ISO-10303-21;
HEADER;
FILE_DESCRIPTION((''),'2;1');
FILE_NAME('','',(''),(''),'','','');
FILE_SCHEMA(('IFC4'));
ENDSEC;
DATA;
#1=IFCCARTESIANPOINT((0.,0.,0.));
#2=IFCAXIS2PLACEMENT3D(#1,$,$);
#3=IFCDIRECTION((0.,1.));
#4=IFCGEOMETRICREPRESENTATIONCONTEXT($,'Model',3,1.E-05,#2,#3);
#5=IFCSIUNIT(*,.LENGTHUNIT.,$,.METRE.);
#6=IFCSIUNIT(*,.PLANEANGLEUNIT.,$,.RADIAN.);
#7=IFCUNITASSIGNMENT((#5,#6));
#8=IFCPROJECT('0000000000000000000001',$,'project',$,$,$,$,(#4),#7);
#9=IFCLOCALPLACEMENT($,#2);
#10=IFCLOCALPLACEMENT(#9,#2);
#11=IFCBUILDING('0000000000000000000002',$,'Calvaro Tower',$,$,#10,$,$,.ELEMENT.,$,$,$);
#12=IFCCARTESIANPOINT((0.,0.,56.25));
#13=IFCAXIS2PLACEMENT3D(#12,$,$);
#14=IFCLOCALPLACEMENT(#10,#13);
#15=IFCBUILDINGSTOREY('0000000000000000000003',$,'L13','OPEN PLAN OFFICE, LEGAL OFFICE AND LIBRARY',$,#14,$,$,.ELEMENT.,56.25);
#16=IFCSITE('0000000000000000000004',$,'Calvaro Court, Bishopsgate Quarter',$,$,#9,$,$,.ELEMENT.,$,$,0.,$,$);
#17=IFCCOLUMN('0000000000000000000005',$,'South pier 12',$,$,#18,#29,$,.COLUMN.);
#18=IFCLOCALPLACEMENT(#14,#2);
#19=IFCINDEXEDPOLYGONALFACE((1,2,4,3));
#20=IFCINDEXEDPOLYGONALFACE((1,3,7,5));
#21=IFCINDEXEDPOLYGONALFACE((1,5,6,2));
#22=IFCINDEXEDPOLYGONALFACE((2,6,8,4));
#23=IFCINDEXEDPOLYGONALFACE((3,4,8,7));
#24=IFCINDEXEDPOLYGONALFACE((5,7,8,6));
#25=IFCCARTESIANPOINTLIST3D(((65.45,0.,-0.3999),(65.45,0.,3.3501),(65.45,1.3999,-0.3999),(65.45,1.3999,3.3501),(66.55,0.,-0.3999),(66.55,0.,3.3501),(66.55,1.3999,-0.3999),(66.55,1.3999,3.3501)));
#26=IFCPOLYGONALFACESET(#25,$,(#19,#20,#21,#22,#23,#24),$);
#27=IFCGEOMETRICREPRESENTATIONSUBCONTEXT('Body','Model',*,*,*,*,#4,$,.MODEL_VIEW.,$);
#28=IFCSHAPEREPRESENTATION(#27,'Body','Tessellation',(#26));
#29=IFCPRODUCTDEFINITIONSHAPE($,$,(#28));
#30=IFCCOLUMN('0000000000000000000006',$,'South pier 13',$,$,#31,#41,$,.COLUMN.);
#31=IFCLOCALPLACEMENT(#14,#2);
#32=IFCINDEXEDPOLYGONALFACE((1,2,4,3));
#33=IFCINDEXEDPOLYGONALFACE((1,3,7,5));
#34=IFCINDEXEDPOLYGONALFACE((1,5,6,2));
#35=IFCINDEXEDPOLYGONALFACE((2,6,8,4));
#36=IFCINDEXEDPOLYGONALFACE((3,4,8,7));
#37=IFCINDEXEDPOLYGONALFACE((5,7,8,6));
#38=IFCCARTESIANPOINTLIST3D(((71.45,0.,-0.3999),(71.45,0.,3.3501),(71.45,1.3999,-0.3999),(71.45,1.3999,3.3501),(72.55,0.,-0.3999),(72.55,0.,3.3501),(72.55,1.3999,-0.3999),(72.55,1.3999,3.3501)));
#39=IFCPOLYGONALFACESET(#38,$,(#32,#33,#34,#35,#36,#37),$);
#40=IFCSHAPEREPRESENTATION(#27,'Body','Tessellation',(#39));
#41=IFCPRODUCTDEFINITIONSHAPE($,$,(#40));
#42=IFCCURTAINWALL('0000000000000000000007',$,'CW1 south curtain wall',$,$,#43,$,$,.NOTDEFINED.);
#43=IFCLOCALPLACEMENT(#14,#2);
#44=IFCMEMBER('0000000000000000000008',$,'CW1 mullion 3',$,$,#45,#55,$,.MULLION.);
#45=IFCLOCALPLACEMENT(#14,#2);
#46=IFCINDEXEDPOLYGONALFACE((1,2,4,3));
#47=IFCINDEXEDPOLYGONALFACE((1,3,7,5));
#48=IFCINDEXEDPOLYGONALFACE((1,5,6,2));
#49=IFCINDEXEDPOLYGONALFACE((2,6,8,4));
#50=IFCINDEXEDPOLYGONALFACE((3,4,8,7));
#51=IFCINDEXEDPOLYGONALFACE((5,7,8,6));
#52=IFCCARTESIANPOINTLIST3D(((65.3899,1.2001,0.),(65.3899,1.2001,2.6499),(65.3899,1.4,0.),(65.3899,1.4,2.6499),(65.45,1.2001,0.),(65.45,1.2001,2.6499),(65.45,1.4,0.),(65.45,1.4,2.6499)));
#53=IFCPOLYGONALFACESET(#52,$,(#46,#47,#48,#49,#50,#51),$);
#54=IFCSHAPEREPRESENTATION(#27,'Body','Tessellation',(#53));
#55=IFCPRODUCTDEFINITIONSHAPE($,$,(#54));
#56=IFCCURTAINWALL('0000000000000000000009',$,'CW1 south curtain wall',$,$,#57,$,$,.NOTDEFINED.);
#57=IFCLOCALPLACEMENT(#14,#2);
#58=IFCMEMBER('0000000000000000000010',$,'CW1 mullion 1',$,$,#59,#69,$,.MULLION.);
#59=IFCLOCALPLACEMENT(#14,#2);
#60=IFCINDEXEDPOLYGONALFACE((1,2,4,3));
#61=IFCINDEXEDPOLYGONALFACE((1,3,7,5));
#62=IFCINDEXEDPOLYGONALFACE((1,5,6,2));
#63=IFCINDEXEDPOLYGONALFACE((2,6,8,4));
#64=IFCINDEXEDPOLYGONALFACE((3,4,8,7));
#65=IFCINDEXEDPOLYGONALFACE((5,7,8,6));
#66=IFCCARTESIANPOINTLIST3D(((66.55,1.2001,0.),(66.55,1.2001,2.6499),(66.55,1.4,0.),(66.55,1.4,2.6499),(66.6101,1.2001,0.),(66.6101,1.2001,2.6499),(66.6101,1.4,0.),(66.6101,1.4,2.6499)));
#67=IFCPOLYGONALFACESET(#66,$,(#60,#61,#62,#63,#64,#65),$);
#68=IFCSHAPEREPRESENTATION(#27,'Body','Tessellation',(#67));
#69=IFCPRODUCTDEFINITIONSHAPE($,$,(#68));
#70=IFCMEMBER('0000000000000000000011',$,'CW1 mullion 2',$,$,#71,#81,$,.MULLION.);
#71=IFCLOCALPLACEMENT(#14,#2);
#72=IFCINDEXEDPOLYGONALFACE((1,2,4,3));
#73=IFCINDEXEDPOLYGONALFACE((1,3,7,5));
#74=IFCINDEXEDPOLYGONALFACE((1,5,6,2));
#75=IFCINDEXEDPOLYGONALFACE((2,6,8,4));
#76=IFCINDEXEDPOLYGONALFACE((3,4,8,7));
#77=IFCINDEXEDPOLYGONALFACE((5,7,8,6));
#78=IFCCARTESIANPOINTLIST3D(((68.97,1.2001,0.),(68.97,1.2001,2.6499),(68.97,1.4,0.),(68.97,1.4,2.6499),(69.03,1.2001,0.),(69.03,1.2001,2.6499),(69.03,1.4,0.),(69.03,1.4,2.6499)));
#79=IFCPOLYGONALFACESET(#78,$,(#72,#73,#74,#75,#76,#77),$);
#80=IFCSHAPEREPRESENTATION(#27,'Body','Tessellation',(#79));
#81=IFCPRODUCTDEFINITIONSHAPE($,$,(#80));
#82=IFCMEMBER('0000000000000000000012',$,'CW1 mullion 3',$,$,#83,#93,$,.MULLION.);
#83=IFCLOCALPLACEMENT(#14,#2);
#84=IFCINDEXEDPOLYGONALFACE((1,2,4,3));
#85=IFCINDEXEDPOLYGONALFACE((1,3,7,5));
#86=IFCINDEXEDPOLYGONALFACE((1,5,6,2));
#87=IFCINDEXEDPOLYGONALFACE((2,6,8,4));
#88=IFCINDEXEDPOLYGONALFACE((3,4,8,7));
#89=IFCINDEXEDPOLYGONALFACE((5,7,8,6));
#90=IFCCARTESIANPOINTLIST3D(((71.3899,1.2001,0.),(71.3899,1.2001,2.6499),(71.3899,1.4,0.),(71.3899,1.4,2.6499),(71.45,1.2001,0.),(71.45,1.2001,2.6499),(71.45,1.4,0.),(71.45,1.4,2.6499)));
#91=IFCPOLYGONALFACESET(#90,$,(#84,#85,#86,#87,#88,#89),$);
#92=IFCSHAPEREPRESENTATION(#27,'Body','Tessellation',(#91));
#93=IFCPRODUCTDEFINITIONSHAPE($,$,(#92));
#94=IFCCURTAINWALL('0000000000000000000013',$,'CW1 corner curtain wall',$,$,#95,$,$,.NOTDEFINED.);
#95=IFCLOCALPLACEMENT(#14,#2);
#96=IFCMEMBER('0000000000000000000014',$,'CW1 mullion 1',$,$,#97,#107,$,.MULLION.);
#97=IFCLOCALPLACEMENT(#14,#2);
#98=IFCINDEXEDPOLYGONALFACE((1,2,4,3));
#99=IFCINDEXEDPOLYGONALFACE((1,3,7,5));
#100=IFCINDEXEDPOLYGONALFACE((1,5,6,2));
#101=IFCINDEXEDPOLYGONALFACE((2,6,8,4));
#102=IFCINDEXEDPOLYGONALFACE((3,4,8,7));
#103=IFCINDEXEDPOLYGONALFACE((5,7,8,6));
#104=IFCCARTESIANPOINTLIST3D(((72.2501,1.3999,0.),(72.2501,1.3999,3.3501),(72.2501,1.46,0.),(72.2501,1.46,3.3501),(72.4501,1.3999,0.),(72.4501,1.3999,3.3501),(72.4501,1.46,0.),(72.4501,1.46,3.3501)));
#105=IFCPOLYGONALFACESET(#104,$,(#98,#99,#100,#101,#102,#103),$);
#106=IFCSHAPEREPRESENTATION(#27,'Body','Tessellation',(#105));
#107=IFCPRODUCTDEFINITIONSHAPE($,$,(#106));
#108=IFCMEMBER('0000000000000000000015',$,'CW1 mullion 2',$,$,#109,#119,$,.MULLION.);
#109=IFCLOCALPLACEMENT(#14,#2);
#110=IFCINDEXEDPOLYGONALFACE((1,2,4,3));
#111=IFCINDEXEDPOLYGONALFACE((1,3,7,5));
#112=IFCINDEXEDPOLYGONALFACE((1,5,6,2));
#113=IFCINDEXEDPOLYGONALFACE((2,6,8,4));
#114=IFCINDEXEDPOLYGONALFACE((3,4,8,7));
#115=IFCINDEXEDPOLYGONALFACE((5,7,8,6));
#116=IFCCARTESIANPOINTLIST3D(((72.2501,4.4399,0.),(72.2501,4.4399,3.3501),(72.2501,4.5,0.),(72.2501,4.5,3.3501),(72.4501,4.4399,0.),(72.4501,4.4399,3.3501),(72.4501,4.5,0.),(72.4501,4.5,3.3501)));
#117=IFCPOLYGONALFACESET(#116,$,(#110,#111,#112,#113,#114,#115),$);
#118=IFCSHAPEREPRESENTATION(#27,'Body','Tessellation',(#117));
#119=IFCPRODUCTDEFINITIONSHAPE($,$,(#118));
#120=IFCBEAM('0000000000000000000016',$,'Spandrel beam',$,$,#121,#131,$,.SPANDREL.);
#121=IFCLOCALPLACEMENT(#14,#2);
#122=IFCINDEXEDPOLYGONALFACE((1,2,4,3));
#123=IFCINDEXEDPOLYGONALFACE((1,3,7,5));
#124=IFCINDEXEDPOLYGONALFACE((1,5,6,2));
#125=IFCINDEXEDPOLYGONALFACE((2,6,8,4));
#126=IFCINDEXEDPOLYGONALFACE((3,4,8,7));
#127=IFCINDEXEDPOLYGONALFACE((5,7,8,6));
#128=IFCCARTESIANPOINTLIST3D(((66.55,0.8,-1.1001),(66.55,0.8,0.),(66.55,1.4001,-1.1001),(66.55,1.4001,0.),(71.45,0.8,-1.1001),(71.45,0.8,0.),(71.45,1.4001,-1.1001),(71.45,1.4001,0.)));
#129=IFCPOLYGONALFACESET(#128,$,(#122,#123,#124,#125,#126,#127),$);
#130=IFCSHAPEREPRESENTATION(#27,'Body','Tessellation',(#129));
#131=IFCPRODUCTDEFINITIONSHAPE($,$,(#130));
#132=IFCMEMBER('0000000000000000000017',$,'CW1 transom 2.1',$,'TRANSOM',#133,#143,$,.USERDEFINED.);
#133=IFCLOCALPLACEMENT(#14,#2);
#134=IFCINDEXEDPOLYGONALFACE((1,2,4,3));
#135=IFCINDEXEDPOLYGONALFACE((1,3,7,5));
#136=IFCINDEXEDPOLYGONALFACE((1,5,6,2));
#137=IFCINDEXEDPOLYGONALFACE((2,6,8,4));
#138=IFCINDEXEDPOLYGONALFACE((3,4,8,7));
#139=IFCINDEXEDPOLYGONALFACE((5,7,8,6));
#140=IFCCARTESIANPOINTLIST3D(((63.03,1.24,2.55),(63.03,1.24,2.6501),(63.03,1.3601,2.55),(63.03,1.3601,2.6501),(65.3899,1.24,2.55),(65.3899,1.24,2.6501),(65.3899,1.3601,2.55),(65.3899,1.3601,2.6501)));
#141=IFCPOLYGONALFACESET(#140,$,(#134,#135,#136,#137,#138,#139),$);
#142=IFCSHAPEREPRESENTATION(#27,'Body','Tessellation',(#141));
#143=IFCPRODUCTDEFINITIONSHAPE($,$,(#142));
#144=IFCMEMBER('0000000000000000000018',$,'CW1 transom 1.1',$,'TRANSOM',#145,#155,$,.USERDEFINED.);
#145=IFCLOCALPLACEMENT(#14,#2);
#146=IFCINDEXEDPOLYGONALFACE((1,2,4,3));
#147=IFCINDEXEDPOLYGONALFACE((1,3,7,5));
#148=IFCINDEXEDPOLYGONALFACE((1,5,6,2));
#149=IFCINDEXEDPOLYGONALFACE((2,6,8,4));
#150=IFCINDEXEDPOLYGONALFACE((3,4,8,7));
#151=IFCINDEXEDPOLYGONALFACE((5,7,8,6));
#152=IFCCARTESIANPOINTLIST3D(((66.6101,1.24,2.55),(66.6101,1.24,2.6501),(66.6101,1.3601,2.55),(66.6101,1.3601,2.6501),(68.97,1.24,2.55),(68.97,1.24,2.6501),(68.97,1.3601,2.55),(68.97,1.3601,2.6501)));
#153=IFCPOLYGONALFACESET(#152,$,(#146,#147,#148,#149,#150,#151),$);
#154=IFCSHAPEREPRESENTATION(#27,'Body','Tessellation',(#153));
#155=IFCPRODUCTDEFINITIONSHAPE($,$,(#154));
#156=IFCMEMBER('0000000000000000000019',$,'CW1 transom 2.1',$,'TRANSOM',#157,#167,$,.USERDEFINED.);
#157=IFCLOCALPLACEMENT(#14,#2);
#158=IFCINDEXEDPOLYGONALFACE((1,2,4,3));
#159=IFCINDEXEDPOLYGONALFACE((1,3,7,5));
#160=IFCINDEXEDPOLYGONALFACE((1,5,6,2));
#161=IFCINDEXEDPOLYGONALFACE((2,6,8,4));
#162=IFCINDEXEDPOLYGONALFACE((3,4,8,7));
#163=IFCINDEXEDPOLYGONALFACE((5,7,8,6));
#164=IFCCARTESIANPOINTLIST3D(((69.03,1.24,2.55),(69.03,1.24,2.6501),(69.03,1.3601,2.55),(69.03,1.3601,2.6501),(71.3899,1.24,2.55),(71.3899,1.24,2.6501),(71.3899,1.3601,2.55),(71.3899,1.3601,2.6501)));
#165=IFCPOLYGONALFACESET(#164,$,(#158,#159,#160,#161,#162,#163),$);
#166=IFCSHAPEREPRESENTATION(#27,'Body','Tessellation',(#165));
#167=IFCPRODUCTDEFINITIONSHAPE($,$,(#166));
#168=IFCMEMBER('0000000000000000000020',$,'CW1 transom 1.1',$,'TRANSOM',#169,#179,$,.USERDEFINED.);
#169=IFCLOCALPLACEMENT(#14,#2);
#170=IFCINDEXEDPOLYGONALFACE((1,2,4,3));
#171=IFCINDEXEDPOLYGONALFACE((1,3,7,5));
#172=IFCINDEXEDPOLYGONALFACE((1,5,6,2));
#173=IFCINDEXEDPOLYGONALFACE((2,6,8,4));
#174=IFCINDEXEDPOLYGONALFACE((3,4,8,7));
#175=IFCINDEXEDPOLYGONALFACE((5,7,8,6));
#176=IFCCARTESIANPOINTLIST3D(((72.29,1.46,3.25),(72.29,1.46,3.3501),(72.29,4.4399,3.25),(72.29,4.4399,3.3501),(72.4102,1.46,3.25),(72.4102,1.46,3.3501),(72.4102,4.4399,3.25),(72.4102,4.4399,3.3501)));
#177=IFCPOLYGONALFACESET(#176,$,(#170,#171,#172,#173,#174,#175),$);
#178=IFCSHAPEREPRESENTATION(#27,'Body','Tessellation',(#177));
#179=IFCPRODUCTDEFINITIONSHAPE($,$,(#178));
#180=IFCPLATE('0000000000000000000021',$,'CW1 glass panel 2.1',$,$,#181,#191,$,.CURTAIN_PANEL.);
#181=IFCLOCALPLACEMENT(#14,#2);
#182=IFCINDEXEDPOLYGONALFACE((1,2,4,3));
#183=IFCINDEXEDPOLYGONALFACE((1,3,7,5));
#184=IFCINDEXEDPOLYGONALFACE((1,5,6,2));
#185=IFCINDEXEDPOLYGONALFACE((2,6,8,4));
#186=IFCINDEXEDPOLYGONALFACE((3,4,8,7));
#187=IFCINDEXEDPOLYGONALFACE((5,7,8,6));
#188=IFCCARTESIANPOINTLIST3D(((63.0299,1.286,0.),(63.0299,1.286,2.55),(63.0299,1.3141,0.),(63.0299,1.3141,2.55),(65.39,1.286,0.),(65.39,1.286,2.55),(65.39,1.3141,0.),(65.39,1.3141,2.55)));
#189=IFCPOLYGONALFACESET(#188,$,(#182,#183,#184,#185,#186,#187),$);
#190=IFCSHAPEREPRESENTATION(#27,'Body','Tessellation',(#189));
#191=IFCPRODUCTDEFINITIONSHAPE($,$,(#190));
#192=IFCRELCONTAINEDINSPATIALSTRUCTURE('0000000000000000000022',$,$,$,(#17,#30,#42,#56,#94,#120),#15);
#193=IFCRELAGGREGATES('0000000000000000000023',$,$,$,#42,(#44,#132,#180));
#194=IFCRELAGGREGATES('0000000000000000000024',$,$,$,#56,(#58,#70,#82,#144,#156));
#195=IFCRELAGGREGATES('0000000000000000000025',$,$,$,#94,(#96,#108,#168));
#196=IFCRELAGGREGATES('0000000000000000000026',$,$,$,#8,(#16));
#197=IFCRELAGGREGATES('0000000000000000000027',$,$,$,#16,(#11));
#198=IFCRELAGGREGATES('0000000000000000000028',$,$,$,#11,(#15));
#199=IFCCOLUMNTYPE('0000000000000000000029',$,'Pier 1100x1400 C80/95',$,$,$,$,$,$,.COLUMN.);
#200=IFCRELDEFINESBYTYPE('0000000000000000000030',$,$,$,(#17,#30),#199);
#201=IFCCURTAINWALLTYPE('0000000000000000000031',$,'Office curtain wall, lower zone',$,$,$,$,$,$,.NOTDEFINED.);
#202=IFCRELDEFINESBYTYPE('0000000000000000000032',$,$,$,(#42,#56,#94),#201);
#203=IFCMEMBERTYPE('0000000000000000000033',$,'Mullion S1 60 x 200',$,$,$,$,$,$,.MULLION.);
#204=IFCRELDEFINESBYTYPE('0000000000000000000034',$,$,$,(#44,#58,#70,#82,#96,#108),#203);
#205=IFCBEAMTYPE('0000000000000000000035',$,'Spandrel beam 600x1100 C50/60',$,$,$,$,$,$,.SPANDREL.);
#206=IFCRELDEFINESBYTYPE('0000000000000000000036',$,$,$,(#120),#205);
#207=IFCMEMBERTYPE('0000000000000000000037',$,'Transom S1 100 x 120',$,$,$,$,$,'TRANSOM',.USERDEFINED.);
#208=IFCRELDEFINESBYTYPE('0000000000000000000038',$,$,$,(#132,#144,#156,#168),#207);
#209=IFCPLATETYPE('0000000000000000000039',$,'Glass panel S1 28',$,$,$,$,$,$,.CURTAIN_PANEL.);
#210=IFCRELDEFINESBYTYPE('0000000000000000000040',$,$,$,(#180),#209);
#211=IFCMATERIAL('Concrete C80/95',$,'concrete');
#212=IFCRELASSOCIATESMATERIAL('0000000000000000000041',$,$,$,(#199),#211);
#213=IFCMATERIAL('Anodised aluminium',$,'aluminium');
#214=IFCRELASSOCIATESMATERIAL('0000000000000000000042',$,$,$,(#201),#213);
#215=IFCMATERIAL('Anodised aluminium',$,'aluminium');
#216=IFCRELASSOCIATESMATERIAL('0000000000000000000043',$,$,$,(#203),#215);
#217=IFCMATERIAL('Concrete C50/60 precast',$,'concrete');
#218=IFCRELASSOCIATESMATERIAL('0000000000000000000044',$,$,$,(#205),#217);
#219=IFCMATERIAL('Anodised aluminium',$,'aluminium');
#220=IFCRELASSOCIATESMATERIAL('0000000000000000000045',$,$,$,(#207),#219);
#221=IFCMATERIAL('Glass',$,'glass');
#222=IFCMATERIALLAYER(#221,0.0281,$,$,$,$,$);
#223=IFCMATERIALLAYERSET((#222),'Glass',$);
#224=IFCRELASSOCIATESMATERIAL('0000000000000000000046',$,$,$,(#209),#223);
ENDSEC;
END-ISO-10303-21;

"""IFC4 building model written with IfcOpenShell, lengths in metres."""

from ifc_helpers import new_model, si_unit, direction, frame, origin, origin_2d, place, context, subcontext, project, spatial, rectangle, extrude, material, layer, layer_set, material_profile, profile_set, type_object, element, aggregate, save


model = new_model("IFC4")

# Units and contexts
model_context = context("Model", 3, precision=1e-05, world=origin(), true_north=direction((0.0, 1.0)))
body_context = subcontext(model_context, "Body", "Model", "MODEL_VIEW")
ifc_project = project(units=[si_unit("LENGTHUNIT", "METRE"), si_unit("PLANEANGLEUNIT", "RADIAN")], contexts=[model_context])

# Site, building, storey
site_placement = place(None, origin())
site = spatial("IfcSite", under=ifc_project, at=site_placement, Name="Calvaro Court, Bishopsgate Quarter", CompositionType="ELEMENT", RefElevation=0.0)
building_placement = place(site_placement, origin())
building = spatial("IfcBuilding", under=site, at=building_placement, Name="Calvaro Tower", CompositionType="ELEMENT")
storey_placement = place(building_placement, frame((0.0, 0.0, 56.25)))
storey = spatial("IfcBuildingStorey", under=building, at=storey_placement, Name="L13", Description="OPEN PLAN OFFICE, LEGAL OFFICE AND LIBRARY", CompositionType="ELEMENT", Elevation=56.25)

# Columns
ifc_material_1 = material(Name="Concrete C80/95", Category="concrete")
ifc_material_profile_1 = material_profile(ifc_material_1, rectangle(XDim=1.1001, YDim=1.3999, at=origin_2d()), Name="RC 1100x1400")
ifc_profile_set_1 = profile_set([ifc_material_profile_1], Name="Concrete C80/95")
column_type = type_object("IfcColumnType", Name="Pier 1100x1400 C80/95", PredefinedType="COLUMN", material=ifc_profile_set_1)
for number, where, z_axis, x_axis, name in (
    (1, (66.0, 0.7, -0.3999), (0.0, 0.0, 1.0), (1.0, 0.0, 0.0), "South pier 12"),
    (2, (72.0, 0.7, -0.3999), (0.0, 0.0, 1.0), (1.0, 0.0, 0.0), "South pier 13"),
):
    element("IfcColumn", number, at=place(storey_placement, frame(where, z_axis=z_axis, x_axis=x_axis)), inside=storey, type_object=column_type, Name=name, PredefinedType="COLUMN", context=body_context, shape_type="SweptSolid", body=[
        extrude(rectangle(XDim=1.1001, YDim=1.3999, at=origin_2d()), origin(), (0.0, 0.0, 1.0), 3.75),
    ])

# Curtain wall, member
ifc_material_2 = material(Name="Anodised aluminium", Category="aluminium")
curtain_wall_type = type_object("IfcCurtainWallType", Name="Office curtain wall, lower zone", PredefinedType="NOTDEFINED", material=ifc_material_2)
curtain_wall_1_placement = place(storey_placement, origin())
curtain_wall_1 = element("IfcCurtainWall", 3, at=curtain_wall_1_placement, inside=storey, type_object=curtain_wall_type, Name="CW1 south curtain wall", PredefinedType="NOTDEFINED")
ifc_material_3 = material(Name="Anodised aluminium", Category="aluminium")
ifc_material_profile_2 = material_profile(ifc_material_3, rectangle(XDim=0.2, YDim=0.0601, at=origin_2d()), Name="Mullion S1 60 x 200")
ifc_profile_set_2 = profile_set([ifc_material_profile_2], Name="Anodised aluminium")
member_type_1 = type_object("IfcMemberType", Name="Mullion S1 60 x 200", PredefinedType="MULLION", material=ifc_profile_set_2)
member_1_placement = place(storey_placement, frame((65.4199, 1.3, 0.0), z_axis=(0.0, 0.0, 1.0), x_axis=(0.0, 1.0, 0.0)))
member_1 = element("IfcMember", 4, at=member_1_placement, type_object=member_type_1, Name="CW1 mullion 3", PredefinedType="MULLION", context=body_context, shape_type="SweptSolid", body=[
    extrude(rectangle(XDim=0.2, YDim=0.0601, at=origin_2d()), origin(), (0.0, 0.0, 1.0), 2.6499),
])

# Curtain walls, members
curtain_wall_2_placement = place(storey_placement, origin())
curtain_wall_2 = element("IfcCurtainWall", 5, at=curtain_wall_2_placement, inside=storey, type_object=curtain_wall_type, Name="CW1 south curtain wall", PredefinedType="NOTDEFINED")
member_2_placement = place(storey_placement, frame((66.5801, 1.3, 0.0), z_axis=(0.0, 0.0, 1.0), x_axis=(0.0, 1.0, 0.0)))
member_2 = element("IfcMember", 6, at=member_2_placement, type_object=member_type_1, Name="CW1 mullion 1", PredefinedType="MULLION", context=body_context, shape_type="SweptSolid", body=[
    extrude(rectangle(XDim=0.2, YDim=0.0601, at=origin_2d()), origin(), (0.0, 0.0, 1.0), 2.6499),
])
member_3_placement = place(storey_placement, frame((69.0, 1.3, 0.0), z_axis=(0.0, 0.0, 1.0), x_axis=(0.0, 1.0, 0.0)))
member_3 = element("IfcMember", 7, at=member_3_placement, type_object=member_type_1, Name="CW1 mullion 2", PredefinedType="MULLION", context=body_context, shape_type="SweptSolid", body=[
    extrude(rectangle(XDim=0.2, YDim=0.0601, at=origin_2d()), origin(), (0.0, 0.0, 1.0), 2.6499),
])
member_4_placement = place(storey_placement, frame((71.4199, 1.3, 0.0), z_axis=(0.0, 0.0, 1.0), x_axis=(0.0, 1.0, 0.0)))
member_4 = element("IfcMember", 8, at=member_4_placement, type_object=member_type_1, Name="CW1 mullion 3", PredefinedType="MULLION", context=body_context, shape_type="SweptSolid", body=[
    extrude(rectangle(XDim=0.2, YDim=0.0601, at=origin_2d()), origin(), (0.0, 0.0, 1.0), 2.6499),
])
curtain_wall_3_placement = place(storey_placement, origin())
curtain_wall_3 = element("IfcCurtainWall", 9, at=curtain_wall_3_placement, inside=storey, type_object=curtain_wall_type, Name="CW1 corner curtain wall", PredefinedType="NOTDEFINED")
member_5_placement = place(storey_placement, frame((72.3501, 1.4299, 0.0), z_axis=(0.0, 0.0, 1.0), x_axis=(-1.0, 0.0, 0.0)))
member_5 = element("IfcMember", 10, at=member_5_placement, type_object=member_type_1, Name="CW1 mullion 1", PredefinedType="MULLION", context=body_context, shape_type="SweptSolid", body=[
    extrude(rectangle(XDim=0.2, YDim=0.0601, at=origin_2d()), origin(), (0.0, 0.0, 1.0), 3.3501),
])
member_6_placement = place(storey_placement, frame((72.3501, 4.47, 0.0), z_axis=(0.0, 0.0, 1.0), x_axis=(-1.0, 0.0, 0.0)))
member_6 = element("IfcMember", 11, at=member_6_placement, type_object=member_type_1, Name="CW1 mullion 2", PredefinedType="MULLION", context=body_context, shape_type="SweptSolid", body=[
    extrude(rectangle(XDim=0.2, YDim=0.0601, at=origin_2d()), origin(), (0.0, 0.0, 1.0), 3.3501),
])

# Beam
ifc_material_4 = material(Name="Concrete C50/60 precast", Category="concrete")
ifc_material_profile_3 = material_profile(ifc_material_4, rectangle(XDim=0.6001, YDim=1.1001, at=origin_2d()), Name="RC 600x1100")
ifc_profile_set_3 = profile_set([ifc_material_profile_3], Name="Concrete C50/60 precast")
beam_type = type_object("IfcBeamType", Name="Spandrel beam 600x1100 C50/60", PredefinedType="SPANDREL", material=ifc_profile_set_3)
beam_placement = place(storey_placement, frame((66.55, 1.1001, -0.55), z_axis=(1.0, 0.0, 0.0), x_axis=(0.0, 1.0, 0.0)))
element("IfcBeam", 12, at=beam_placement, inside=storey, type_object=beam_type, Name="Spandrel beam", PredefinedType="SPANDREL", context=body_context, shape_type="SweptSolid", body=[
    extrude(rectangle(XDim=0.6001, YDim=1.1001, at=origin_2d()), origin(), (0.0, 0.0, 1.0), 4.8999),
])

# Members
ifc_material_5 = material(Name="Anodised aluminium", Category="aluminium")
ifc_material_profile_4 = material_profile(ifc_material_5, rectangle(XDim=0.1201, YDim=0.1001, at=origin_2d()), Name="Transom S1 100 x 120")
ifc_profile_set_4 = profile_set([ifc_material_profile_4], Name="Anodised aluminium")
member_type_2 = type_object("IfcMemberType", Name="Transom S1 100 x 120", ElementType="TRANSOM", PredefinedType="USERDEFINED", material=ifc_profile_set_4)
member_7_placement = place(storey_placement, frame((63.03, 1.3, 2.6001), z_axis=(1.0, 0.0, 0.0), x_axis=(0.0, 1.0, 0.0)))
member_7 = element("IfcMember", 13, at=member_7_placement, type_object=member_type_2, Name="CW1 transom 2.1", ObjectType="TRANSOM", PredefinedType="USERDEFINED", context=body_context, shape_type="SweptSolid", body=[
    extrude(rectangle(XDim=0.1201, YDim=0.1001, at=origin_2d()), origin(), (0.0, 0.0, 1.0), 2.3599),
])
member_8_placement = place(storey_placement, frame((66.6101, 1.3, 2.6001), z_axis=(1.0, 0.0, 0.0), x_axis=(0.0, 1.0, 0.0)))
member_8 = element("IfcMember", 14, at=member_8_placement, type_object=member_type_2, Name="CW1 transom 1.1", ObjectType="TRANSOM", PredefinedType="USERDEFINED", context=body_context, shape_type="SweptSolid", body=[
    extrude(rectangle(XDim=0.1201, YDim=0.1001, at=origin_2d()), origin(), (0.0, 0.0, 1.0), 2.3599),
])
member_9_placement = place(storey_placement, frame((69.03, 1.3, 2.6001), z_axis=(1.0, 0.0, 0.0), x_axis=(0.0, 1.0, 0.0)))
member_9 = element("IfcMember", 15, at=member_9_placement, type_object=member_type_2, Name="CW1 transom 2.1", ObjectType="TRANSOM", PredefinedType="USERDEFINED", context=body_context, shape_type="SweptSolid", body=[
    extrude(rectangle(XDim=0.1201, YDim=0.1001, at=origin_2d()), origin(), (0.0, 0.0, 1.0), 2.3599),
])
member_10_placement = place(storey_placement, frame((72.3501, 1.46, 3.3), z_axis=(0.0, 1.0, 0.0), x_axis=(-1.0, 0.0, 0.0)))
member_10 = element("IfcMember", 16, at=member_10_placement, type_object=member_type_2, Name="CW1 transom 1.1", ObjectType="TRANSOM", PredefinedType="USERDEFINED", context=body_context, shape_type="SweptSolid", body=[
    extrude(rectangle(XDim=0.1201, YDim=0.1001, at=origin_2d()), origin(), (0.0, 0.0, 1.0), 2.98),
])

# Plate
ifc_material_6 = material(Name="Glass", Category="glass")
ifc_layer = layer(ifc_material_6, 0.0281)
ifc_layer_set = layer_set([ifc_layer], Name="Glass")
plate_type = type_object("IfcPlateType", Name="Glass panel S1 28", PredefinedType="CURTAIN_PANEL", material=ifc_layer_set)
plate_1_placement = place(storey_placement, frame((64.21, 1.3, 0.0), z_axis=(0.0, 0.0, 1.0), x_axis=(1.0, 0.0, 0.0)))
plate_1 = element("IfcPlate", 17, at=plate_1_placement, type_object=plate_type, Name="CW1 glass panel 2.1", PredefinedType="CURTAIN_PANEL", context=body_context, shape_type="SweptSolid", body=[
    extrude(rectangle(XDim=2.3601, YDim=0.0281, at=origin_2d()), origin(), (0.0, 0.0, 1.0), 2.55),
])
aggregate(curtain_wall_1, [member_1, member_7, plate_1])
aggregate(curtain_wall_2, [member_2, member_3, member_4, member_8, member_9])
aggregate(curtain_wall_3, [member_5, member_6, member_10])

save(model, "model.ifc")
